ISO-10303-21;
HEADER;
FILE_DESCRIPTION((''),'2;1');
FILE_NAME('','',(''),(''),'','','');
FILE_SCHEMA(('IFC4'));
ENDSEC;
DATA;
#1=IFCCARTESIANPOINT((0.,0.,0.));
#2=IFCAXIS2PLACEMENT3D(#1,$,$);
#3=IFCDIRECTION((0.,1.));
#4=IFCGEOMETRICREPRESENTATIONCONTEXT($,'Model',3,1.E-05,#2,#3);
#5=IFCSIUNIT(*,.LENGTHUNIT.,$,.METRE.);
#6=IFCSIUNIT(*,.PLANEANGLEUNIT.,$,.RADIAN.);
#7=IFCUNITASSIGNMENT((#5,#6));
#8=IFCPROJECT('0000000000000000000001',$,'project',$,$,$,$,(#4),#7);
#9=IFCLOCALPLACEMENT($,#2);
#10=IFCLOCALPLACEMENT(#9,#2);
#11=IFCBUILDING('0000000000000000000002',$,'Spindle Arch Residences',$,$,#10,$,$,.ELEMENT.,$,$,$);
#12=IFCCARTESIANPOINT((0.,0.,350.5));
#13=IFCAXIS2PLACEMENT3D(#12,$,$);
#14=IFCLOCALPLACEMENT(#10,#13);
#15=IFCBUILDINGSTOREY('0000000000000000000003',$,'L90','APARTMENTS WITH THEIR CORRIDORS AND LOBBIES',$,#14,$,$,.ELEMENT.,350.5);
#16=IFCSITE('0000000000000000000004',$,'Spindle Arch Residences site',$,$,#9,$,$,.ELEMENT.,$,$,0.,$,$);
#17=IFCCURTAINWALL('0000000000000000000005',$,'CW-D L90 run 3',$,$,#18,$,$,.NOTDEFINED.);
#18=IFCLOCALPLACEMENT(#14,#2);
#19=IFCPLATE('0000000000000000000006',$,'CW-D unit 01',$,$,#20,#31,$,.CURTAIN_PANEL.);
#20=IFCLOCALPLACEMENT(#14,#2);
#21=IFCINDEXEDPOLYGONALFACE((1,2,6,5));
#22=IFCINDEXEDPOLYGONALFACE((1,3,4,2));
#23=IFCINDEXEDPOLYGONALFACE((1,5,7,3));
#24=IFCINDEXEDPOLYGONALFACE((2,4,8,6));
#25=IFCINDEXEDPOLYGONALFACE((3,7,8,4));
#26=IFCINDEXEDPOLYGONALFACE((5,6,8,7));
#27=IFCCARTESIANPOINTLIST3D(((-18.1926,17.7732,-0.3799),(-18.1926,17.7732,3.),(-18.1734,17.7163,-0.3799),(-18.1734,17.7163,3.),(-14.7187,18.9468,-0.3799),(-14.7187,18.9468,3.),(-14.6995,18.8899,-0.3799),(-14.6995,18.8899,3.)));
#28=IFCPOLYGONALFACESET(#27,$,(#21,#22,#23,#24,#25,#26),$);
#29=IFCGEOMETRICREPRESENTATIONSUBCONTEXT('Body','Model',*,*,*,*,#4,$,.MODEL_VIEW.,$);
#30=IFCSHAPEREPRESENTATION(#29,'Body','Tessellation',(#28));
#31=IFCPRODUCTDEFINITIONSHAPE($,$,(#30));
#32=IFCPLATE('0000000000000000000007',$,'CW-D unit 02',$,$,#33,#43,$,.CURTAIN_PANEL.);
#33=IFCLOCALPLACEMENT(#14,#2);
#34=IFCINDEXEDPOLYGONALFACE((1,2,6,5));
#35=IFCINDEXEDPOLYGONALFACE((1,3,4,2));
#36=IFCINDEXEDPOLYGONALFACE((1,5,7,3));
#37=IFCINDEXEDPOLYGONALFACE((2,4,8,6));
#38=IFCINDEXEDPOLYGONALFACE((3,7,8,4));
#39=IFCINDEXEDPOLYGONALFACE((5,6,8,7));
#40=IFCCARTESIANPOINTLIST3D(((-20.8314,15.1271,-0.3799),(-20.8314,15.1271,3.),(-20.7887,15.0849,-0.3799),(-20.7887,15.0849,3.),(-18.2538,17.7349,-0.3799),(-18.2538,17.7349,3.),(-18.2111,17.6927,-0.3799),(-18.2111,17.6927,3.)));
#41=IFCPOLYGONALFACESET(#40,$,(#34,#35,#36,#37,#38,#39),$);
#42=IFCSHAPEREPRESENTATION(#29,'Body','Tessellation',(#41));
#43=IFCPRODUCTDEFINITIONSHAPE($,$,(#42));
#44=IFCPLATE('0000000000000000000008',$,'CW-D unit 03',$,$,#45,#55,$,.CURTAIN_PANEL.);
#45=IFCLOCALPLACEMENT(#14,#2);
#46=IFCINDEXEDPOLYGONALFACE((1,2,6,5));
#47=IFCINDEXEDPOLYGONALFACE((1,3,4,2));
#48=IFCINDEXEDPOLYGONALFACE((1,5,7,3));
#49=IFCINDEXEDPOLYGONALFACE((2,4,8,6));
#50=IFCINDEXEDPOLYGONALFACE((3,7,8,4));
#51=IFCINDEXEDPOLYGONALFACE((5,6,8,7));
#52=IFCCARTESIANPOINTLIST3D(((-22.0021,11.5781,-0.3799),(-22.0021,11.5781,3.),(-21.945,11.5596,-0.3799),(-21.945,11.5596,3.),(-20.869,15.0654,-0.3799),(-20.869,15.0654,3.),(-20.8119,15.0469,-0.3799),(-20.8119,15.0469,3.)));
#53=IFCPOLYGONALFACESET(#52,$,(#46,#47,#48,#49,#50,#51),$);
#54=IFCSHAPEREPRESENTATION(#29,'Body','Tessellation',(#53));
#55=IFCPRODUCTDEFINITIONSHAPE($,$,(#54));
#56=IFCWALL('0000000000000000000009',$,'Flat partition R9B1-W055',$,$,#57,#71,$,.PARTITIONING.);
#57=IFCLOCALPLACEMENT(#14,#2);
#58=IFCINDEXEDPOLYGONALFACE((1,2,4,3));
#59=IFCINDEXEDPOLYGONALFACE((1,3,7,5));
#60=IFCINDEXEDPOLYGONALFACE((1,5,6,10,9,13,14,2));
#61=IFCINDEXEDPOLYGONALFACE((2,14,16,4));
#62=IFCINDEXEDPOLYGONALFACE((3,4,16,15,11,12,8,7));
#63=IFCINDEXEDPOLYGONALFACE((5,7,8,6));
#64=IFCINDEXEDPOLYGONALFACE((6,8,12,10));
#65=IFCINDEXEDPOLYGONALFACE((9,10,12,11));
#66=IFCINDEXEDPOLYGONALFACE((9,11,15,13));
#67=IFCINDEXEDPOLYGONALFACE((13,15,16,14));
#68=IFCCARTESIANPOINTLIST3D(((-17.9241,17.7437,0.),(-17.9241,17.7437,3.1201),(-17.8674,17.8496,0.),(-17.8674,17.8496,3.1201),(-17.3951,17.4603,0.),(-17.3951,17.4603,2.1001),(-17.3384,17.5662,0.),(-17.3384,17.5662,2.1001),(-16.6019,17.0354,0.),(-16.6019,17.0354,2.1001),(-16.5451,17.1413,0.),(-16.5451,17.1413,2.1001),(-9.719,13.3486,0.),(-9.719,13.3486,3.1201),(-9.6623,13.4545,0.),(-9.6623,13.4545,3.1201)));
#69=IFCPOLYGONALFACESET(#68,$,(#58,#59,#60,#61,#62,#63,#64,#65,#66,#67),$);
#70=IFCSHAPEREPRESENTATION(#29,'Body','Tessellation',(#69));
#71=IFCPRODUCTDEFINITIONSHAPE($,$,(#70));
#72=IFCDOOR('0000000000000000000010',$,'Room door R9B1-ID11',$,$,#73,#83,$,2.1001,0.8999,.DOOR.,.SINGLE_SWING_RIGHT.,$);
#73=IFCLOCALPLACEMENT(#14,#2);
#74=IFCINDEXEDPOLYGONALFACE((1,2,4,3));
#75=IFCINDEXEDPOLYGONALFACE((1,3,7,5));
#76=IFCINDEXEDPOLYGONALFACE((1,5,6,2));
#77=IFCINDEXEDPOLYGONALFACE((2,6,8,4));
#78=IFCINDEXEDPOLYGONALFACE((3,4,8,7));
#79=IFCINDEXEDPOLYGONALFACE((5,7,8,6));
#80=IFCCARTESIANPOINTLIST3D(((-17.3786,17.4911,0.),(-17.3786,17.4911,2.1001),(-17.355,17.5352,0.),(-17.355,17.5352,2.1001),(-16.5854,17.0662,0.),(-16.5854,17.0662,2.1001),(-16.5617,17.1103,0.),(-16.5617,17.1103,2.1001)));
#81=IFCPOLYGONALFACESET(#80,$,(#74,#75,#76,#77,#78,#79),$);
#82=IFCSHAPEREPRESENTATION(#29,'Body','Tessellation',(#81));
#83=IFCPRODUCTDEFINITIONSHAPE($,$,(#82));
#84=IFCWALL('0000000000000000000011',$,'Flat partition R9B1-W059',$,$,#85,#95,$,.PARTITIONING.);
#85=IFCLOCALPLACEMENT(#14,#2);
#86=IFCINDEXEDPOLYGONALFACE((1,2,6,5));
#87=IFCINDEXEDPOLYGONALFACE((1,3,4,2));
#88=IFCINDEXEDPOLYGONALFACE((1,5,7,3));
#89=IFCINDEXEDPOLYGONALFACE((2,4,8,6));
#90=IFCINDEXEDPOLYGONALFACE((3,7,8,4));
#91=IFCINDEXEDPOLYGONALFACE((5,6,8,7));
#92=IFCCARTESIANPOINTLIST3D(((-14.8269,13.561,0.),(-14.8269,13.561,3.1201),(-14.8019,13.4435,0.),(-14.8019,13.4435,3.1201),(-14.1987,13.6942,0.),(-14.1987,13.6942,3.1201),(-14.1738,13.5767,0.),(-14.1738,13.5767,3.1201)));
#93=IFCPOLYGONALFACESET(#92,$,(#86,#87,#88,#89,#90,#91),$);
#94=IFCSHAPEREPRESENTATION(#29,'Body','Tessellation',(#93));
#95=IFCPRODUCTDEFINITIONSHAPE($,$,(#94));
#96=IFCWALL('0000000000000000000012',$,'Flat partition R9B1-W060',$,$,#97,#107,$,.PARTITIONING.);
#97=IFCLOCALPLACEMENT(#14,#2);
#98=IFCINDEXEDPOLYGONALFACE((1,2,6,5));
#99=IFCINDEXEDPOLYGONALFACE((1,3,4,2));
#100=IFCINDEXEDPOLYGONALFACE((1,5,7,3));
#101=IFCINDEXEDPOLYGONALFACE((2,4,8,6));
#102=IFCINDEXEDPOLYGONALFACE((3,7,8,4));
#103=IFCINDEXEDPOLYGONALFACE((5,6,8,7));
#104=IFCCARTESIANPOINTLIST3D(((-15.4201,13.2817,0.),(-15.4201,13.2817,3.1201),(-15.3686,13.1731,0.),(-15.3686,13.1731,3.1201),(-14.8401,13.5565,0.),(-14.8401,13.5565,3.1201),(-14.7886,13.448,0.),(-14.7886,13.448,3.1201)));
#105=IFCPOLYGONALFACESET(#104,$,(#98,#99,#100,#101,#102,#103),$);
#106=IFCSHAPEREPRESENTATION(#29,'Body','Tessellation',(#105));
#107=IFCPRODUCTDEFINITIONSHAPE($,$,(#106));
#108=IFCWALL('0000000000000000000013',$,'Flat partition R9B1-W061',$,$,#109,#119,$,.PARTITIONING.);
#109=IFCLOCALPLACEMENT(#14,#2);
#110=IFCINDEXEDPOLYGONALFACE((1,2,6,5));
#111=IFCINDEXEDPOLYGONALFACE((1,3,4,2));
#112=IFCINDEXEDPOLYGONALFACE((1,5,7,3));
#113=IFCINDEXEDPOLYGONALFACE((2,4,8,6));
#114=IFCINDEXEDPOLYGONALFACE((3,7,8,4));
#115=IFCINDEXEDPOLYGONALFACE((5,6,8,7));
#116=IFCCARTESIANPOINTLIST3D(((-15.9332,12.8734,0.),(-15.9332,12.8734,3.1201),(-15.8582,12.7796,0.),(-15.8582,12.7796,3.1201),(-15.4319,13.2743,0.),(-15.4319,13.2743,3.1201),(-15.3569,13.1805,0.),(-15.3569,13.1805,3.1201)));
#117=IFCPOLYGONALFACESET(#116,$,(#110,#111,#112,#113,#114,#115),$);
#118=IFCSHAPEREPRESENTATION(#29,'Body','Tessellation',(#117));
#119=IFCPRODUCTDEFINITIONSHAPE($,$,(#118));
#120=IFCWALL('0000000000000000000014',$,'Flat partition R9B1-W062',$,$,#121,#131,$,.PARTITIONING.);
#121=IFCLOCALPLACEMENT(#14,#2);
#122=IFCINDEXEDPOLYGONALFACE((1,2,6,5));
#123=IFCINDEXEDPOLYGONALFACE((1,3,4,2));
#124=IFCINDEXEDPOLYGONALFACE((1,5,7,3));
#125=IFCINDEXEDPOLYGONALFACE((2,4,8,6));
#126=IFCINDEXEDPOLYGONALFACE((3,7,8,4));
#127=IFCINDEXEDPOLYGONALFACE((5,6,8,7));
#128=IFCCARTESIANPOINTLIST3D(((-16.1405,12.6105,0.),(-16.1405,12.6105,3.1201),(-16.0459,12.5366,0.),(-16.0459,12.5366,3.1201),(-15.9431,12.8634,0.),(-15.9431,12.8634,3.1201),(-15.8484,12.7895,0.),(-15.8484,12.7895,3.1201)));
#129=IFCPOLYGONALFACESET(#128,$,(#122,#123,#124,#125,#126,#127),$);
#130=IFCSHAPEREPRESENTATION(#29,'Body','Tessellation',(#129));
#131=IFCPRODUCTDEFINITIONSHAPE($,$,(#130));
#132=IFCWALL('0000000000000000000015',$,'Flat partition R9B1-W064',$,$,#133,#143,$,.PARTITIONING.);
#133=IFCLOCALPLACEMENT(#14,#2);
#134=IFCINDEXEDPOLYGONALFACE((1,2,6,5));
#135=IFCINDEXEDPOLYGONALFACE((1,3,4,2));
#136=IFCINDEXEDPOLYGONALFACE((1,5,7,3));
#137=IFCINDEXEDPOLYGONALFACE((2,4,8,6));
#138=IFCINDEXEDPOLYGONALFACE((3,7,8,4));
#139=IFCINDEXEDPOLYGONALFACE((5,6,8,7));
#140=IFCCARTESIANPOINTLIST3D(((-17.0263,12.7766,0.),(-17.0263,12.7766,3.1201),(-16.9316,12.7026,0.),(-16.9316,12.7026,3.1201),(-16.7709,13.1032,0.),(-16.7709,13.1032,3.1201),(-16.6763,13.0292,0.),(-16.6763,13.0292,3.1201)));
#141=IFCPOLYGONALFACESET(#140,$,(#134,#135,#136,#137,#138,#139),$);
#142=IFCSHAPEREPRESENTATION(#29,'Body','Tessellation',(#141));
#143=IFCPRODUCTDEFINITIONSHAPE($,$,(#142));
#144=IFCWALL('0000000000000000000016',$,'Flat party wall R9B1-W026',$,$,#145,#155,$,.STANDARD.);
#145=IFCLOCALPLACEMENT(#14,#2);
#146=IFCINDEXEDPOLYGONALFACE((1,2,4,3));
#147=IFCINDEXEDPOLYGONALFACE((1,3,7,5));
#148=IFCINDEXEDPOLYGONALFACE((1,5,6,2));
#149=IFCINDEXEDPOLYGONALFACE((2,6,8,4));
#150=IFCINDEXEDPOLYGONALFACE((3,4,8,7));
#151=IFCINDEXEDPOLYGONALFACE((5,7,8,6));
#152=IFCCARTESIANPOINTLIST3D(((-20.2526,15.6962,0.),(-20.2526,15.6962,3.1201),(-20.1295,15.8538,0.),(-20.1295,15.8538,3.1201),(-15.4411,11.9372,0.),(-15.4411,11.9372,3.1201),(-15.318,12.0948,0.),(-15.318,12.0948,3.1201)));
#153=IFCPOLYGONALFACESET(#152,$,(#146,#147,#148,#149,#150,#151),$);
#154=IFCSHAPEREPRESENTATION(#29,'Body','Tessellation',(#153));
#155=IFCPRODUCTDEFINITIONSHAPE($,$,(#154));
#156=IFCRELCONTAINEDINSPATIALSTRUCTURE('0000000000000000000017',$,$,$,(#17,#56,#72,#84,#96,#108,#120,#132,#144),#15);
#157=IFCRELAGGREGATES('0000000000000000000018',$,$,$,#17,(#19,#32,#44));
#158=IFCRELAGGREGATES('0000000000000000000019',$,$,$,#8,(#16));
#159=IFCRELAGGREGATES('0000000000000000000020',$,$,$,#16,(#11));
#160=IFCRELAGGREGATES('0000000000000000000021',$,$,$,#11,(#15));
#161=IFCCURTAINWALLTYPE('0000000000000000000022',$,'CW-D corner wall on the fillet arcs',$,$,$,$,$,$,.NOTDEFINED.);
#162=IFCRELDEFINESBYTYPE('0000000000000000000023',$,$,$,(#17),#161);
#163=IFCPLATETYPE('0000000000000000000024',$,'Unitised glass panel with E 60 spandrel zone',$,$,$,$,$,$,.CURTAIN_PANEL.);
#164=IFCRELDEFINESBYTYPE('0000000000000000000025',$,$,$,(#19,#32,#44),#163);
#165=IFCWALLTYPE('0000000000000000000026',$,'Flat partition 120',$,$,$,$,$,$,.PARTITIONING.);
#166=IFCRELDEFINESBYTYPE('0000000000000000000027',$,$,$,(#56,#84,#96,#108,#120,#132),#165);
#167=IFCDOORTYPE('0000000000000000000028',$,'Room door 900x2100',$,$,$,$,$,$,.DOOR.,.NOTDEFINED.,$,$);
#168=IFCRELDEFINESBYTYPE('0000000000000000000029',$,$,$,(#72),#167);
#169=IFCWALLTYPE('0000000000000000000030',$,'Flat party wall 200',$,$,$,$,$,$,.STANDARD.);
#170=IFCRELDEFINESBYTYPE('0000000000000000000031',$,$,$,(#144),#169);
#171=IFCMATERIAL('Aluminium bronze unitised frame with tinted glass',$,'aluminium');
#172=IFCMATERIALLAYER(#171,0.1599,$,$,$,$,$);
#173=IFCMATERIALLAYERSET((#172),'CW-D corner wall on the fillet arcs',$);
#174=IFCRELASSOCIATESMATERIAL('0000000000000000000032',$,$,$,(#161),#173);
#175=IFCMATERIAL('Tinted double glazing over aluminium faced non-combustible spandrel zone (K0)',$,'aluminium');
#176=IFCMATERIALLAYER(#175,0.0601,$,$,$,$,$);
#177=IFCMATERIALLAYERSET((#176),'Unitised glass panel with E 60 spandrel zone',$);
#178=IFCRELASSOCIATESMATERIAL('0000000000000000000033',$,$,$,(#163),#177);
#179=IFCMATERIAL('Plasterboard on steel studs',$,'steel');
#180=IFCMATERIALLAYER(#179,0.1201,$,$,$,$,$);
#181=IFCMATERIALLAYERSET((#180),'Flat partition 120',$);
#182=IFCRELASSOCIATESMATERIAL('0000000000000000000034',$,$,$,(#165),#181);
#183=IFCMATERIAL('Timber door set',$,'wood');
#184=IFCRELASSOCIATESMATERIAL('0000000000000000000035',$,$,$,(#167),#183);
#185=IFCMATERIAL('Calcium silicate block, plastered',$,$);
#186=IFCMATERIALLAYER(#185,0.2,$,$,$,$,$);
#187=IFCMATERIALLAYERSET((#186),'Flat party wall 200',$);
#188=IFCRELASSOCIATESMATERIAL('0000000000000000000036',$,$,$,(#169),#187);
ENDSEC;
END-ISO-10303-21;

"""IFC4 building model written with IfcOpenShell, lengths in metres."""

from ifc_helpers import new_model, si_unit, direction, frame, frame_2d, origin, origin_2d, place, context, subcontext, project, spatial, rectangle, extrude, material, layer, layer_set, type_object, element, fill, aggregate, save


model = new_model("IFC4")

# Units and contexts
model_context = context("Model", 3, precision=1e-05, world=origin(), true_north=direction((0.0, 1.0)))
body_context = subcontext(model_context, "Body", "Model", "MODEL_VIEW")
ifc_project = project(units=[si_unit("LENGTHUNIT", "METRE"), si_unit("PLANEANGLEUNIT", "RADIAN")], contexts=[model_context])

# Site, building, storey
site_placement = place(None, origin())
site = spatial("IfcSite", under=ifc_project, at=site_placement, Name="Spindle Arch Residences site", CompositionType="ELEMENT", RefElevation=0.0)
building_placement = place(site_placement, origin())
building = spatial("IfcBuilding", under=site, at=building_placement, Name="Spindle Arch Residences", CompositionType="ELEMENT")
storey_placement = place(building_placement, frame((0.0, 0.0, 350.5)))
storey = spatial("IfcBuildingStorey", under=building, at=storey_placement, Name="L90", Description="APARTMENTS WITH THEIR CORRIDORS AND LOBBIES", CompositionType="ELEMENT", Elevation=350.5)

# Curtain wall
ifc_material_1 = material(Name="Aluminium bronze unitised frame with tinted glass", Category="aluminium")
ifc_layer_1 = layer(ifc_material_1, 0.1599)
ifc_layer_set_1 = layer_set([ifc_layer_1], Name="CW-D corner wall on the fillet arcs")
curtain_wall_type = type_object("IfcCurtainWallType", Name="CW-D corner wall on the fillet arcs", PredefinedType="NOTDEFINED", material=ifc_layer_set_1)
curtain_wall_placement = place(storey_placement, origin())
curtain_wall = element("IfcCurtainWall", 1, at=curtain_wall_placement, inside=storey, type_object=curtain_wall_type, Name="CW-D L90 run 3", PredefinedType="NOTDEFINED")

# Plates
ifc_material_2 = material(Name="Tinted double glazing over aluminium faced non-combustible spandrel zone (K0)", Category="aluminium")
ifc_layer_2 = layer(ifc_material_2, 0.0601)
ifc_layer_set_2 = layer_set([ifc_layer_2], Name="Unitised glass panel with E 60 spandrel zone")
plate_type = type_object("IfcPlateType", Name="Unitised glass panel with E 60 spandrel zone", PredefinedType="CURTAIN_PANEL", material=ifc_layer_set_2)
plate_1_placement = place(storey_placement, frame((-16.446, 18.3315, -0.3799), z_axis=(0.0, 0.0, 1.0), x_axis=(-0.947397, -0.320062, 0.0)))
plate_1 = element("IfcPlate", 2, at=plate_1_placement, type_object=plate_type, Name="CW-D unit 01", PredefinedType="CURTAIN_PANEL", context=body_context, shape_type="SweptSolid", body=[
    extrude(rectangle(XDim=3.6667, YDim=0.0601, at=origin_2d()), origin(), (0.0, 0.0, 1.0), 3.3799),
])
plate_2_placement = place(storey_placement, frame((-19.5212, 16.4099, -0.3799), z_axis=(0.0, 0.0, 1.0), x_axis=(-0.702981, -0.711209, 0.0)))
plate_2 = element("IfcPlate", 3, at=plate_2_placement, type_object=plate_type, Name="CW-D unit 02", PredefinedType="CURTAIN_PANEL", context=body_context, shape_type="SweptSolid", body=[
    extrude(rectangle(XDim=3.6667, YDim=0.0601, at=origin_2d()), origin(), (0.0, 0.0, 1.0), 3.3799),
])
plate_3_placement = place(storey_placement, frame((-21.407, 13.3125, -0.3799), z_axis=(0.0, 0.0, 1.0), x_axis=(-0.309017, -0.951057, 0.0)))
plate_3 = element("IfcPlate", 4, at=plate_3_placement, type_object=plate_type, Name="CW-D unit 03", PredefinedType="CURTAIN_PANEL", context=body_context, shape_type="SweptSolid", body=[
    extrude(rectangle(XDim=3.6667, YDim=0.0601, at=origin_2d()), origin(), (0.0, 0.0, 1.0), 3.3799),
])
aggregate(curtain_wall, [plate_1, plate_2, plate_3])

# Wall, opening, door
ifc_material_3 = material(Name="Plasterboard on steel studs", Category="steel")
ifc_layer_3 = layer(ifc_material_3, 0.1201)
ifc_layer_set_3 = layer_set([ifc_layer_3], Name="Flat partition 120")
wall_type_1 = type_object("IfcWallType", Name="Flat partition 120", PredefinedType="PARTITIONING", material=ifc_layer_set_3)
wall_1_placement = place(storey_placement, frame((-17.8958, 17.7966, 0.0), z_axis=(0.0, 0.0, 1.0), x_axis=(0.881505, -0.472175, 0.0)))
wall_1 = element("IfcWall", 5, at=wall_1_placement, inside=storey, type_object=wall_type_1, Name="Flat partition R9B1-W055", PredefinedType="PARTITIONING", context=body_context, shape_type="SweptSolid", body=[
    extrude(rectangle(XDim=9.3081, YDim=0.1201, at=frame_2d((4.6541, 0.0))), origin(), (0.0, 0.0, 1.0), 3.1201),
])
opening_placement = place(wall_1_placement, frame((0.6001, 0.0, 0.0)))
opening = element("IfcOpeningElement", 6, at=opening_placement, cuts=wall_1, PredefinedType="OPENING", context=body_context, shape_type="SweptSolid", body=[
    extrude(rectangle(XDim=0.8999, YDim=2.1001, at=frame_2d((0.45, 1.05))), frame((0.0, 0.0701, 0.0), z_axis=(0.0, -1.0, 0.0), x_axis=(1.0, 0.0, 0.0)), (0.0, 0.0, 1.0), 0.1401),
])
ifc_material_4 = material(Name="Timber door set", Category="wood")
door_type = type_object("IfcDoorType", Name="Room door 900x2100", OperationType="NOTDEFINED", PredefinedType="DOOR", material=ifc_material_4)
door_placement = place(opening_placement, origin())
door = element("IfcDoor", 7, at=door_placement, inside=storey, type_object=door_type, Name="Room door R9B1-ID11", OperationType="SINGLE_SWING_RIGHT", OverallHeight=2.1001, OverallWidth=0.8999, PredefinedType="DOOR", context=body_context, shape_type="SweptSolid", body=[
    extrude(rectangle(XDim=0.8999, YDim=2.1001, at=frame_2d((0.45, 1.05))), frame((0.0, 0.0249, 0.0), z_axis=(0.0, -1.0, 0.0), x_axis=(1.0, 0.0, 0.0)), (0.0, 0.0, 1.0), 0.05),
])
fill(opening, door)

# Walls
wall_2_placement = place(storey_placement, frame((-14.1863, 13.6355, 0.0), z_axis=(0.0, 0.0, 1.0), x_axis=(-0.978218, -0.207581, 0.0)))
element("IfcWall", 8, at=wall_2_placement, inside=storey, type_object=wall_type_1, Name="Flat partition R9B1-W059", PredefinedType="PARTITIONING", context=body_context, shape_type="SweptSolid", body=[
    extrude(rectangle(XDim=0.6421, YDim=0.1201, at=frame_2d((0.321, 0.0))), origin(), (0.0, 0.0, 1.0), 3.1201),
])
for number, where, z_axis, x_axis, name in (
    (9, (-14.8145, 13.5022, 0.0), (0.0, 0.0, 1.0), (-0.90366, -0.42825, 0.0), "Flat partition R9B1-W060"),
    (10, (-15.3945, 13.2273, 0.0), (0.0, 0.0, 1.0), (-0.780943, -0.624602, 0.0), "Flat partition R9B1-W061"),
):
    element("IfcWall", number, at=place(storey_placement, frame(where, z_axis=z_axis, x_axis=x_axis)), inside=storey, type_object=wall_type_1, Name=name, PredefinedType="PARTITIONING", context=body_context, shape_type="SweptSolid", body=[
        extrude(rectangle(XDim=0.6418, YDim=0.1201, at=frame_2d((0.3208, 0.0))), origin(), (0.0, 0.0, 1.0), 3.1201),
    ])
wall_3_placement = place(storey_placement, frame((-15.8958, 12.8264, 0.0), z_axis=(0.0, 0.0, 1.0), x_axis=(-0.615467, -0.788163, 0.0)))
element("IfcWall", 11, at=wall_3_placement, inside=storey, type_object=wall_type_1, Name="Flat partition R9B1-W062", PredefinedType="PARTITIONING", context=body_context, shape_type="SweptSolid", body=[
    extrude(rectangle(XDim=0.3208, YDim=0.1201, at=frame_2d((0.1604, 0.0))), origin(), (0.0, 0.0, 1.0), 3.1201),
])
wall_4_placement = place(storey_placement, frame((-16.7236, 13.0662, 0.0), z_axis=(0.0, 0.0, 1.0), x_axis=(-0.615895, -0.787828, 0.0)))
element("IfcWall", 12, at=wall_4_placement, inside=storey, type_object=wall_type_1, Name="Flat partition R9B1-W064", PredefinedType="PARTITIONING", context=body_context, shape_type="SweptSolid", body=[
    extrude(rectangle(XDim=0.4146, YDim=0.1201, at=frame_2d((0.2073, 0.0))), origin(), (0.0, 0.0, 1.0), 3.1201),
])
ifc_material_5 = material(Name="Calcium silicate block, plastered")
ifc_layer_4 = layer(ifc_material_5, 0.2)
ifc_layer_set_4 = layer_set([ifc_layer_4], Name="Flat party wall 200")
wall_type_2 = type_object("IfcWallType", Name="Flat party wall 200", PredefinedType="STANDARD", material=ifc_layer_set_4)
wall_5_placement = place(storey_placement, frame((-20.1909, 15.7749, 0.0), z_axis=(0.0, 0.0, 1.0), x_axis=(0.788022, -0.615647, 0.0)))
element("IfcWall", 13, at=wall_5_placement, inside=storey, type_object=wall_type_2, Name="Flat party wall R9B1-W026", PredefinedType="STANDARD", context=body_context, shape_type="SweptSolid", body=[
    extrude(rectangle(XDim=6.1057, YDim=0.2, at=frame_2d((3.0527, 0.0))), origin(), (0.0, 0.0, 1.0), 3.1201),
])

save(model, "model.ifc")
